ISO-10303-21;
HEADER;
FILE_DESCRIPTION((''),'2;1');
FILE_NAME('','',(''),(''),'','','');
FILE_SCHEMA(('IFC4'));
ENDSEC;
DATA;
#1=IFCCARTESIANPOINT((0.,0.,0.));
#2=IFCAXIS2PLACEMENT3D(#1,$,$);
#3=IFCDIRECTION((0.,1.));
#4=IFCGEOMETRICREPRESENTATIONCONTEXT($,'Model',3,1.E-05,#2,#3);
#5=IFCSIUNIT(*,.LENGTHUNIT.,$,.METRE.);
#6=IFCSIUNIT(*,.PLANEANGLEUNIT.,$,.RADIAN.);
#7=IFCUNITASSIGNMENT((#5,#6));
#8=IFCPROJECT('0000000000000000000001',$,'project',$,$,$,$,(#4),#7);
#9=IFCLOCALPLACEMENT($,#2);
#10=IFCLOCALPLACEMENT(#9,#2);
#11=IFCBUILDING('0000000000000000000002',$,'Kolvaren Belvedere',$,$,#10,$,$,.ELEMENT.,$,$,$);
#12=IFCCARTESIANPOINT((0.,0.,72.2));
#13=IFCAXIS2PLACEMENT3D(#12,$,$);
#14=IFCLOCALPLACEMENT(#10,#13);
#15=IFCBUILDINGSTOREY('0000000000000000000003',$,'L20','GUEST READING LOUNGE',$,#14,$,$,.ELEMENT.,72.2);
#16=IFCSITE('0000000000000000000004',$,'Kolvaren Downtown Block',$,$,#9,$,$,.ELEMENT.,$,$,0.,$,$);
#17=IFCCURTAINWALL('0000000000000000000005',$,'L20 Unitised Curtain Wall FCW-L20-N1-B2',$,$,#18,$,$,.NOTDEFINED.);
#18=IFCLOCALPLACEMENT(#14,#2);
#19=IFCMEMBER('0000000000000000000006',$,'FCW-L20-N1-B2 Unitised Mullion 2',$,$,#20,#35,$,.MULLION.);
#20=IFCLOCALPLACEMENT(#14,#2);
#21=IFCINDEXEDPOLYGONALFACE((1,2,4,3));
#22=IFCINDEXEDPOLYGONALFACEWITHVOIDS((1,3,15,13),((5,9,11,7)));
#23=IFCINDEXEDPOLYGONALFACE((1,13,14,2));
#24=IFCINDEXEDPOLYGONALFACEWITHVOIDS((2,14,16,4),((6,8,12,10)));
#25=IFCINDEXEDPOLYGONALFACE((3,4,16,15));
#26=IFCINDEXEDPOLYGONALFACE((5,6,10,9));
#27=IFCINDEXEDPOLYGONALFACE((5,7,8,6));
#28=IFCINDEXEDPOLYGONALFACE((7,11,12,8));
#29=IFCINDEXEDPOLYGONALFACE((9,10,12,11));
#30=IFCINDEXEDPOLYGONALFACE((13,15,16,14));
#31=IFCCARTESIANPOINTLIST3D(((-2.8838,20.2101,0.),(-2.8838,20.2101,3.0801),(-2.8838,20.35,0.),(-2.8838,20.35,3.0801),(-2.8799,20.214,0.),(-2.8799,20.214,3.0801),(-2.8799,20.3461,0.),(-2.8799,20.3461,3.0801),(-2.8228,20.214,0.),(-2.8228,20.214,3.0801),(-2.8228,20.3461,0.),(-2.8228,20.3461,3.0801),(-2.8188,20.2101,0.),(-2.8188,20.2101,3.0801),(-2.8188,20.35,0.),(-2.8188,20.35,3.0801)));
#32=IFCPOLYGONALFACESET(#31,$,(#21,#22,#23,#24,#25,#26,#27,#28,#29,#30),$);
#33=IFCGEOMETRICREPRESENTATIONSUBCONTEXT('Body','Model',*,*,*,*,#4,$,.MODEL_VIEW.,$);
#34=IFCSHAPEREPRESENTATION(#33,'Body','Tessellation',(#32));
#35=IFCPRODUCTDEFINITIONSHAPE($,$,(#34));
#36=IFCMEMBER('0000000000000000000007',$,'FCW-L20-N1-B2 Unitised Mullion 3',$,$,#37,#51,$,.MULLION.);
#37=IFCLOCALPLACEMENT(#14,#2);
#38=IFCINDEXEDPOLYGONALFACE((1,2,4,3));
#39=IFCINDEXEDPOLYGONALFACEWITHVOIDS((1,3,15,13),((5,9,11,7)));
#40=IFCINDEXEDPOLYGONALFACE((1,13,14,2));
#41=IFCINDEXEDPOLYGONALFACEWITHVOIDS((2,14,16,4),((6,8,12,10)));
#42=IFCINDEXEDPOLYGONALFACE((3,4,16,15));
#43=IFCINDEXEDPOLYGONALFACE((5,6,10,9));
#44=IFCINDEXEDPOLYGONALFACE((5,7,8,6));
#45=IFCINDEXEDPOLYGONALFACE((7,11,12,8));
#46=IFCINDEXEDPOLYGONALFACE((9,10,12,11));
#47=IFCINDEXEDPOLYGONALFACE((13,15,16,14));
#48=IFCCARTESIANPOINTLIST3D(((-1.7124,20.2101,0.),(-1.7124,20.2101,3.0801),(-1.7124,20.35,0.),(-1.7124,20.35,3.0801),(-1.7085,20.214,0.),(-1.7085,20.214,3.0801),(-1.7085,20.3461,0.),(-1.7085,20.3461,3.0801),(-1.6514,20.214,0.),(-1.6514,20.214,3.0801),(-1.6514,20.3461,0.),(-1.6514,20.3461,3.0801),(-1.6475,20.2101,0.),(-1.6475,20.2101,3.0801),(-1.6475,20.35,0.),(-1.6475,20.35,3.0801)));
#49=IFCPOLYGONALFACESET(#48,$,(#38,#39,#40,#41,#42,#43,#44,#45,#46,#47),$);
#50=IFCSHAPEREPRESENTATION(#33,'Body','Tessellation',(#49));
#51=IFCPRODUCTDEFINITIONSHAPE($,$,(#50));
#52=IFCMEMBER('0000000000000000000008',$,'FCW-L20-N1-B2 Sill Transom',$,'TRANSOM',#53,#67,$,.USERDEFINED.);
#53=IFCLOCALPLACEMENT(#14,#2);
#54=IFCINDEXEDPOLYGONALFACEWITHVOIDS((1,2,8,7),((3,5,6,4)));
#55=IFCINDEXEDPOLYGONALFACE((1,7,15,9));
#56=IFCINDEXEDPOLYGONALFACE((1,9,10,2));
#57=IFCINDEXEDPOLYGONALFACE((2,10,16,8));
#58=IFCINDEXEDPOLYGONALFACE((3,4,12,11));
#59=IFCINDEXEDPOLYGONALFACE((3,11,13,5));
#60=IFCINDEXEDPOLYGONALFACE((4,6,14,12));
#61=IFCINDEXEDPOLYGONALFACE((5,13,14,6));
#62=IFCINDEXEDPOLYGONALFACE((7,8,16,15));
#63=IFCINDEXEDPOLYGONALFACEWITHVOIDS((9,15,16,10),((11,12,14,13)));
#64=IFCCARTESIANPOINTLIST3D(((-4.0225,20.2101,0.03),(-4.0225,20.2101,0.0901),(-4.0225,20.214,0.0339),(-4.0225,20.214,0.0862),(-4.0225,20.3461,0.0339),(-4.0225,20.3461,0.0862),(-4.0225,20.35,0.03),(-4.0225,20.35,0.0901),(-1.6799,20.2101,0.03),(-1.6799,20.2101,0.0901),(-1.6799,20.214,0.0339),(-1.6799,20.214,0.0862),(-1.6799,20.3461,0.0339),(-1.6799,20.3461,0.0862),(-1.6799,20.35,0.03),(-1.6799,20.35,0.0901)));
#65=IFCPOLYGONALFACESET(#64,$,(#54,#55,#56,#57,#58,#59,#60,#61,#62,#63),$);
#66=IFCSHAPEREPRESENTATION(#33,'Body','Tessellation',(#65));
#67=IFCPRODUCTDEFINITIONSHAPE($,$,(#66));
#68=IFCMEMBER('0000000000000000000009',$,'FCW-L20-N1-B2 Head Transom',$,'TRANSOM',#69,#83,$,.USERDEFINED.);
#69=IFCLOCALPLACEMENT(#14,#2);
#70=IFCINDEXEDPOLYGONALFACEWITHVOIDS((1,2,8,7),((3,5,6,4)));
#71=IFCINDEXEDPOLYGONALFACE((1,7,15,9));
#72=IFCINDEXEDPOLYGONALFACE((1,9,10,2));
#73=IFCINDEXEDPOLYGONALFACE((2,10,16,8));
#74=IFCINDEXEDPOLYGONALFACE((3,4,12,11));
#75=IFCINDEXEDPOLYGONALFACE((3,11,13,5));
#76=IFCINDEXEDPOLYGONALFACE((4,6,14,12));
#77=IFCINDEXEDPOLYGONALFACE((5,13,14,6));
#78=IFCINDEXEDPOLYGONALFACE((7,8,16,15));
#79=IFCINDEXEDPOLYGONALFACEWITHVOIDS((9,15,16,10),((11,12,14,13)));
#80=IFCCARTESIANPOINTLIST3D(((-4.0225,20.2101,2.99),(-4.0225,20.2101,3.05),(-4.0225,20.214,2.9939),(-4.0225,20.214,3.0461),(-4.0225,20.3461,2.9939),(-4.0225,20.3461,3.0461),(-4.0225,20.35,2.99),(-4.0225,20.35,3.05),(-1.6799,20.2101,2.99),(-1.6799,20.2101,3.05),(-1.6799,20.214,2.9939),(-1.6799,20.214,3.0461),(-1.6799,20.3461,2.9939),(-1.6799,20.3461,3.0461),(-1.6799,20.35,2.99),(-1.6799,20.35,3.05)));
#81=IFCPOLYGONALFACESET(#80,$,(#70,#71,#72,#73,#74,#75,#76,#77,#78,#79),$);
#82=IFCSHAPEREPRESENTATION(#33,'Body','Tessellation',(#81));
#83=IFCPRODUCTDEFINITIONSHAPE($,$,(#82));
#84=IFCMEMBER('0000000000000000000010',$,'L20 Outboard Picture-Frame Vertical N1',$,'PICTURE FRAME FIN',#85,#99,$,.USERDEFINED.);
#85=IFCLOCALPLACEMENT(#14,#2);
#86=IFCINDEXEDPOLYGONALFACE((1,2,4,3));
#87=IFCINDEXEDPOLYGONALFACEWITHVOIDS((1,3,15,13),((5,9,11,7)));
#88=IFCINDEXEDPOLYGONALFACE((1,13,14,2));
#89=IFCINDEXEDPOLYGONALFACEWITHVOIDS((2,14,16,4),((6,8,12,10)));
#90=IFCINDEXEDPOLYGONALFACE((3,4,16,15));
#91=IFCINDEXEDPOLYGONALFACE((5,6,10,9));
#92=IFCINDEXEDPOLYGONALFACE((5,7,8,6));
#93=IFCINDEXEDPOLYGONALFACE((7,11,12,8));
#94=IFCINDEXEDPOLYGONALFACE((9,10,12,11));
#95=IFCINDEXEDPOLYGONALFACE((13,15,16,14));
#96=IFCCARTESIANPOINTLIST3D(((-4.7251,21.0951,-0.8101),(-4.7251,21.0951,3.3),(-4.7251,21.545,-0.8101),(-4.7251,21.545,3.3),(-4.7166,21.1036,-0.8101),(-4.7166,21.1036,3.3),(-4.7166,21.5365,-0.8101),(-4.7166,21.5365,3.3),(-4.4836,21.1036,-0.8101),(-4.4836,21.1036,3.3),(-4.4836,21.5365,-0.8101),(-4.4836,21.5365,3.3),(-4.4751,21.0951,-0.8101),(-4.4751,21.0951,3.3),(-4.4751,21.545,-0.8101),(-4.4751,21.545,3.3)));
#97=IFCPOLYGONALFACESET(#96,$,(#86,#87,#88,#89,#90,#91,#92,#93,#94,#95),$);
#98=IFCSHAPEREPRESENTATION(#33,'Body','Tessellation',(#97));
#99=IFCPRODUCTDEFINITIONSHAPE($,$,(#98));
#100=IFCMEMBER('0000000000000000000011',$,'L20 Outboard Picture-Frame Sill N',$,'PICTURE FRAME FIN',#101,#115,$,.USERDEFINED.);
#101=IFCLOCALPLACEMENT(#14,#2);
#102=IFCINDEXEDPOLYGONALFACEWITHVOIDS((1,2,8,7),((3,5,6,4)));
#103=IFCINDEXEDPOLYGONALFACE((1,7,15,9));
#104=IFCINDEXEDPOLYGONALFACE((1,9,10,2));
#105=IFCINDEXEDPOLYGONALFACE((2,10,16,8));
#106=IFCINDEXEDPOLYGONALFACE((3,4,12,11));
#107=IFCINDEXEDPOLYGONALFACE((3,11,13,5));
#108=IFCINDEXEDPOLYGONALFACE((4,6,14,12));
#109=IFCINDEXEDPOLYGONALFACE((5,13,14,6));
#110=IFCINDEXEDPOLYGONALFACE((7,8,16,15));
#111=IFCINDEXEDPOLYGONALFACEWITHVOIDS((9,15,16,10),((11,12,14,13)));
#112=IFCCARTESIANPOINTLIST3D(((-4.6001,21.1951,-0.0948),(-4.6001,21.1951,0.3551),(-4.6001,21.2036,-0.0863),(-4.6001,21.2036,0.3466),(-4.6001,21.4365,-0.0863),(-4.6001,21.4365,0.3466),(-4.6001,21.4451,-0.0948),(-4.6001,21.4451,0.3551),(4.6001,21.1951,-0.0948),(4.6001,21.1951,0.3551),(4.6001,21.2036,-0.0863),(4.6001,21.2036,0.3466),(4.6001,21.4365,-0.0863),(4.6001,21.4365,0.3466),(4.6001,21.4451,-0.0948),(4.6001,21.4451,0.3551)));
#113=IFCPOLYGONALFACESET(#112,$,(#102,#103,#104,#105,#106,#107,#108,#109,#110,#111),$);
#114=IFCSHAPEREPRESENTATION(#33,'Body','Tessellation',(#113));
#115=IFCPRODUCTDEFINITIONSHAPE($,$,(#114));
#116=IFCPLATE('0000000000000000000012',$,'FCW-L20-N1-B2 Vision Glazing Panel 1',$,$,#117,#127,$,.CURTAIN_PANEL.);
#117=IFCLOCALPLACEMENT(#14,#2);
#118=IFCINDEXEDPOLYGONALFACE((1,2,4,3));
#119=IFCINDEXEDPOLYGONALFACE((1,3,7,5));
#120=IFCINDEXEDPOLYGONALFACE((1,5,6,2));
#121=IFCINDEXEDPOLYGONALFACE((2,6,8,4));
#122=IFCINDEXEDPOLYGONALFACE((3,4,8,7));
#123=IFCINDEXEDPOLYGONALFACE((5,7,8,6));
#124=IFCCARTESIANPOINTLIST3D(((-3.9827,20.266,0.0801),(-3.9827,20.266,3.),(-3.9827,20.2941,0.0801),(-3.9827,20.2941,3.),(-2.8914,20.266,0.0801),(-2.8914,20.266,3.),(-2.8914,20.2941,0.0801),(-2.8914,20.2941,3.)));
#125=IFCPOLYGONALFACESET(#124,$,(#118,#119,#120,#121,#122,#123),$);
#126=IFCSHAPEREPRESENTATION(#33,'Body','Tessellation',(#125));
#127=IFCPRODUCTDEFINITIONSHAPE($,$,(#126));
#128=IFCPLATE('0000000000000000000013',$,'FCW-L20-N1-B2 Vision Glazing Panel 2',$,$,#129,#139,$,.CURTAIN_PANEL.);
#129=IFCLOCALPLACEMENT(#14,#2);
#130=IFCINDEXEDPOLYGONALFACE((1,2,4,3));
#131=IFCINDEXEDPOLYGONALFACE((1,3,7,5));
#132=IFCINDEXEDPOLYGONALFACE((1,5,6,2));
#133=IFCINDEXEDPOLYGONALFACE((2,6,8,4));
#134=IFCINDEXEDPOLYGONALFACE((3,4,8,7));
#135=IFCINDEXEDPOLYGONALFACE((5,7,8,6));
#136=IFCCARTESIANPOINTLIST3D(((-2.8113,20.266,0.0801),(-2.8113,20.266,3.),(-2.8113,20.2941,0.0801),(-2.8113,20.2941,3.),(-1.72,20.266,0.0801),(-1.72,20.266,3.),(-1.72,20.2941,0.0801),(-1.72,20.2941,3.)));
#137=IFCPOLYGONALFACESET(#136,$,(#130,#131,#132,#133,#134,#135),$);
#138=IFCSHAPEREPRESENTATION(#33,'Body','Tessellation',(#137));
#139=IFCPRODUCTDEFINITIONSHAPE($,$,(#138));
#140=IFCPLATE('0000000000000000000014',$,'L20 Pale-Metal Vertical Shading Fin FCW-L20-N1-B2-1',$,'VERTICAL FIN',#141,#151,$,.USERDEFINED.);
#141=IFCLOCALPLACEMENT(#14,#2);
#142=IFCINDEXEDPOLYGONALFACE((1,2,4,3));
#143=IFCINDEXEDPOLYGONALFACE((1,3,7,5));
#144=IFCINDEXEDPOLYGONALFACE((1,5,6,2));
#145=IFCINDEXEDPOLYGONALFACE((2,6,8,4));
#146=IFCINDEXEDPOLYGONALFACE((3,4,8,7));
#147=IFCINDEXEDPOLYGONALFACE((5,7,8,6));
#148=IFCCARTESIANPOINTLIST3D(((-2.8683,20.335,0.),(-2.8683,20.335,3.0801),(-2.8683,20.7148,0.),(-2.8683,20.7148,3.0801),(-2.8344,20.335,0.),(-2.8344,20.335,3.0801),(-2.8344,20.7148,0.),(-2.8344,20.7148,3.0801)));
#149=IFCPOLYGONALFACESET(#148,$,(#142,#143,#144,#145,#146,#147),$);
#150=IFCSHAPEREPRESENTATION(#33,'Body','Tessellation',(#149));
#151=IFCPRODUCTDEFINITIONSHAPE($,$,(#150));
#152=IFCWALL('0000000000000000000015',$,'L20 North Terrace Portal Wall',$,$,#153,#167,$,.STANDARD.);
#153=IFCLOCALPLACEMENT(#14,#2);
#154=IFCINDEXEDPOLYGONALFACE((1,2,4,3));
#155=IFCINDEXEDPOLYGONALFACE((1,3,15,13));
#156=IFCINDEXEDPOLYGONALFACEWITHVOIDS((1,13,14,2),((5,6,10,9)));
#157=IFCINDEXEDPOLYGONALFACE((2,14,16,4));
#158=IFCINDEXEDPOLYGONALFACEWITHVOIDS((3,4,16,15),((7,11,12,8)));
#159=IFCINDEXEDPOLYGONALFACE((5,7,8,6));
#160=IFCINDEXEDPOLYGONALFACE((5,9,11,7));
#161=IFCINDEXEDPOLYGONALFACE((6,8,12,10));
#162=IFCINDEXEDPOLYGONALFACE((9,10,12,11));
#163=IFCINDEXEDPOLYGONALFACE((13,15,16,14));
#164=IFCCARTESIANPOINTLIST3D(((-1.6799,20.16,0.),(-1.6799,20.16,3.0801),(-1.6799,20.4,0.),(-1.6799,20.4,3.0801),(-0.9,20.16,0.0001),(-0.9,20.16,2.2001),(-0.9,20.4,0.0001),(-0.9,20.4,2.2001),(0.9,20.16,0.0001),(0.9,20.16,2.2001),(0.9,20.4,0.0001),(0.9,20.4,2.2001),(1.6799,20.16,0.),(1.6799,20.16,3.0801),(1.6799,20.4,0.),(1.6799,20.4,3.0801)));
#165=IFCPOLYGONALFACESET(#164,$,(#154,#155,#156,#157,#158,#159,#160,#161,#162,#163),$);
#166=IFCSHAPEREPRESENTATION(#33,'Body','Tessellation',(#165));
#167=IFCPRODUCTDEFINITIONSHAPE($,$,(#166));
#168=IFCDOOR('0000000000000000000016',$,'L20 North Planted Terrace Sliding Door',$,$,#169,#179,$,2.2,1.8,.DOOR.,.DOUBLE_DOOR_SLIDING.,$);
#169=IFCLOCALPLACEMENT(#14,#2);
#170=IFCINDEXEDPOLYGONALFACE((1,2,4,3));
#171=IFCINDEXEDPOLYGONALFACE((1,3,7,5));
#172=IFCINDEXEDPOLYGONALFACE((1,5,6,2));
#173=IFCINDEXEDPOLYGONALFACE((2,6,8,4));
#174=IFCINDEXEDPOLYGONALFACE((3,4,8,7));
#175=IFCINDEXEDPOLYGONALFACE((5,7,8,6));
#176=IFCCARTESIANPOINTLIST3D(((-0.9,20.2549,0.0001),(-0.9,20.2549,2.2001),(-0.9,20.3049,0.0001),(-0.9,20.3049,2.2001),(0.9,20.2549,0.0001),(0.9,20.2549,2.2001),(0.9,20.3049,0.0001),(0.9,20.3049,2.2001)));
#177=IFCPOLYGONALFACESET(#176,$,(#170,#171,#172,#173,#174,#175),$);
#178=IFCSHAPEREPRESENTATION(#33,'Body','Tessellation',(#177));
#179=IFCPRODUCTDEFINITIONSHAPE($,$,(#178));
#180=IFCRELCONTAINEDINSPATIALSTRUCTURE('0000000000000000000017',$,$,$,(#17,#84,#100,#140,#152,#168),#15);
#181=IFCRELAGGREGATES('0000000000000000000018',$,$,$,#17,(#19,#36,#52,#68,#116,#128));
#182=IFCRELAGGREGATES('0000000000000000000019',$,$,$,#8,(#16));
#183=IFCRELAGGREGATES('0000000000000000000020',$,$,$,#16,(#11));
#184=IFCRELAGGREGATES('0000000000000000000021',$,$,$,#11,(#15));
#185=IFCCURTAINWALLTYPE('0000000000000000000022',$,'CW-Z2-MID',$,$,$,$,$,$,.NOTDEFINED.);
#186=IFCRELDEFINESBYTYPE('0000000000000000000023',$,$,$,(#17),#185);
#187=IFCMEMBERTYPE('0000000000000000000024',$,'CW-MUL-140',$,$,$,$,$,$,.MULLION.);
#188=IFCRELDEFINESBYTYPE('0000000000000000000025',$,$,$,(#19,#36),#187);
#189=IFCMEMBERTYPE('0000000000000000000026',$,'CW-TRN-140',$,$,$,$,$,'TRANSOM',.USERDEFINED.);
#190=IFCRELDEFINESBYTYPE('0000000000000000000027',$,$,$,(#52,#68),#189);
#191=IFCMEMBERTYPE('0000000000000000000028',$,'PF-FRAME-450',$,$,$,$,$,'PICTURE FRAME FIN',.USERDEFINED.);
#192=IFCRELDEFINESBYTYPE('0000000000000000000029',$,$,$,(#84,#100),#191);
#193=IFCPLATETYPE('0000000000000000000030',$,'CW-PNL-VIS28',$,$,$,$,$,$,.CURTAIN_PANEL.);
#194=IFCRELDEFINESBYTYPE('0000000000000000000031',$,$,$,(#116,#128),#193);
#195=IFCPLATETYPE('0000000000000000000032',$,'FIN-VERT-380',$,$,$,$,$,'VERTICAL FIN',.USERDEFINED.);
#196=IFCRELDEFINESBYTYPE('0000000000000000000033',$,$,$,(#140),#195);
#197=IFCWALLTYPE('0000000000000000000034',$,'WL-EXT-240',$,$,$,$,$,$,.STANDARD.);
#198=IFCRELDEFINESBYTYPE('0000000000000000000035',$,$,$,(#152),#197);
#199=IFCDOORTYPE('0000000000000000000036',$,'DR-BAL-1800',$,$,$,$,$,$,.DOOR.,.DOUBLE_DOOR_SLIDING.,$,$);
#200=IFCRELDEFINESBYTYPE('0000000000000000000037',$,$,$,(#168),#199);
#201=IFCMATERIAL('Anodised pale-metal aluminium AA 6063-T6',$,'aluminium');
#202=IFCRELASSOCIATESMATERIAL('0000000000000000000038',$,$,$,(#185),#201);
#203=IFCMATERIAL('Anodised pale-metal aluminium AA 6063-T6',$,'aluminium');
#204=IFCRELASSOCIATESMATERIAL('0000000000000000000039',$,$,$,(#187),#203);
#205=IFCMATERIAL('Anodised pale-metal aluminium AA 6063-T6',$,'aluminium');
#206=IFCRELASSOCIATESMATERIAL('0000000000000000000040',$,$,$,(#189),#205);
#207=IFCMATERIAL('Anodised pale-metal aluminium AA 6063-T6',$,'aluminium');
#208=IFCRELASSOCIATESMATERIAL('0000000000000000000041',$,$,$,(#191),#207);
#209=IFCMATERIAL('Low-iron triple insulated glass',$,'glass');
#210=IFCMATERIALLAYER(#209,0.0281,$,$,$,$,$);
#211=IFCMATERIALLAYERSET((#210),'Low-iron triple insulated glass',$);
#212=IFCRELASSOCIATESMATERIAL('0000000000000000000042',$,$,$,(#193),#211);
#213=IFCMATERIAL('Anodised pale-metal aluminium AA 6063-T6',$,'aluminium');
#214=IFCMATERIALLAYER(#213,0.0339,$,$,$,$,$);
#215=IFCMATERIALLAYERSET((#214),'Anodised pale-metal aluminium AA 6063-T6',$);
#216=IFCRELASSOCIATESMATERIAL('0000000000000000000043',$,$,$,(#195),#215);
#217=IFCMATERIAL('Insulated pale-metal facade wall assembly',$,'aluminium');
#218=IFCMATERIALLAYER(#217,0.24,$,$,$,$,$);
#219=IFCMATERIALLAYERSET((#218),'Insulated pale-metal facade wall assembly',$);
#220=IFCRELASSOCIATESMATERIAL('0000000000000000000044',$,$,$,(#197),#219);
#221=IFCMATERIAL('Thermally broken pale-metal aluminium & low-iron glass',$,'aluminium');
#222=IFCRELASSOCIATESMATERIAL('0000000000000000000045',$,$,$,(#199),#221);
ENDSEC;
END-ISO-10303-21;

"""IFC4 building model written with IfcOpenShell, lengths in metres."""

from ifc_helpers import new_model, si_unit, direction, frame, frame_2d, origin, origin_2d, place, context, subcontext, project, spatial, rectangle, hollow_rectangle, extrude, material, layer, layer_set, material_profile, profile_set, type_object, element, fill, aggregate, save


model = new_model("IFC4")

# Units and contexts
model_context = context("Model", 3, precision=1e-05, world=origin(), true_north=direction((0.0, 1.0)))
body_context = subcontext(model_context, "Body", "Model", "MODEL_VIEW")
ifc_project = project(units=[si_unit("LENGTHUNIT", "METRE"), si_unit("PLANEANGLEUNIT", "RADIAN")], contexts=[model_context])

# Site, building, storey
site_placement = place(None, origin())
site = spatial("IfcSite", under=ifc_project, at=site_placement, Name="Kolvaren Downtown Block", CompositionType="ELEMENT", RefElevation=0.0)
building_placement = place(site_placement, origin())
building = spatial("IfcBuilding", under=site, at=building_placement, Name="Kolvaren Belvedere", CompositionType="ELEMENT")
storey_placement = place(building_placement, frame((0.0, 0.0, 72.2)))
storey = spatial("IfcBuildingStorey", under=building, at=storey_placement, Name="L20", Description="GUEST READING LOUNGE", CompositionType="ELEMENT", Elevation=72.2)

# Curtain wall, members
ifc_material_1 = material(Name="Anodised pale-metal aluminium AA 6063-T6", Category="aluminium")
curtain_wall_type = type_object("IfcCurtainWallType", Name="CW-Z2-MID", PredefinedType="NOTDEFINED", material=ifc_material_1)
curtain_wall_placement = place(storey_placement, origin())
curtain_wall = element("IfcCurtainWall", 1, at=curtain_wall_placement, inside=storey, type_object=curtain_wall_type, Name="L20 Unitised Curtain Wall FCW-L20-N1-B2", PredefinedType="NOTDEFINED")
ifc_material_2 = material(Name="Anodised pale-metal aluminium AA 6063-T6", Category="aluminium")
ifc_material_profile_1 = material_profile(ifc_material_2, hollow_rectangle(XDim=0.0649, YDim=0.1399, WallThickness=0.0039, at=origin_2d()), Name="ALU-MUL-140X65")
ifc_profile_set_1 = profile_set([ifc_material_profile_1], Name="Anodised pale-metal aluminium AA 6063-T6")
member_type_1 = type_object("IfcMemberType", Name="CW-MUL-140", PredefinedType="MULLION", material=ifc_profile_set_1)
member_1_placement = place(storey_placement, frame((-2.8513, 20.28, 0.0), z_axis=(0.0, 0.0, 1.0), x_axis=(1.0, 0.0, 0.0)))
member_1 = element("IfcMember", 2, at=member_1_placement, type_object=member_type_1, Name="FCW-L20-N1-B2 Unitised Mullion 2", PredefinedType="MULLION", context=body_context, shape_type="SweptSolid", body=[
    extrude(hollow_rectangle(XDim=0.0649, YDim=0.1399, WallThickness=0.0039, at=origin_2d()), origin(), (0.0, 0.0, 1.0), 3.0801),
])
member_2_placement = place(storey_placement, frame((-1.6799, 20.28, 0.0), z_axis=(0.0, 0.0, 1.0), x_axis=(1.0, 0.0, 0.0)))
member_2 = element("IfcMember", 3, at=member_2_placement, type_object=member_type_1, Name="FCW-L20-N1-B2 Unitised Mullion 3", PredefinedType="MULLION", context=body_context, shape_type="SweptSolid", body=[
    extrude(hollow_rectangle(XDim=0.0649, YDim=0.1399, WallThickness=0.0039, at=origin_2d()), origin(), (0.0, 0.0, 1.0), 3.0801),
])
ifc_material_3 = material(Name="Anodised pale-metal aluminium AA 6063-T6", Category="aluminium")
ifc_material_profile_2 = material_profile(ifc_material_3, hollow_rectangle(XDim=0.0601, YDim=0.1399, WallThickness=0.0039, at=origin_2d()), Name="ALU-TRN-140X60")
ifc_profile_set_2 = profile_set([ifc_material_profile_2], Name="Anodised pale-metal aluminium AA 6063-T6")
member_type_2 = type_object("IfcMemberType", Name="CW-TRN-140", ElementType="TRANSOM", PredefinedType="USERDEFINED", material=ifc_profile_set_2)
member_3_placement = place(storey_placement, frame((-4.0225, 20.28, 0.0601), z_axis=(1.0, 0.0, 0.0), x_axis=(0.0, 0.0, 1.0)))
member_3 = element("IfcMember", 4, at=member_3_placement, type_object=member_type_2, Name="FCW-L20-N1-B2 Sill Transom", ObjectType="TRANSOM", PredefinedType="USERDEFINED", context=body_context, shape_type="SweptSolid", body=[
    extrude(hollow_rectangle(XDim=0.0601, YDim=0.1399, WallThickness=0.0039, at=origin_2d()), origin(), (0.0, 0.0, 1.0), 2.3425),
])
member_4_placement = place(storey_placement, frame((-4.0225, 20.28, 3.02), z_axis=(1.0, 0.0, 0.0), x_axis=(0.0, 0.0, 1.0)))
member_4 = element("IfcMember", 5, at=member_4_placement, type_object=member_type_2, Name="FCW-L20-N1-B2 Head Transom", ObjectType="TRANSOM", PredefinedType="USERDEFINED", context=body_context, shape_type="SweptSolid", body=[
    extrude(hollow_rectangle(XDim=0.0601, YDim=0.1399, WallThickness=0.0039, at=origin_2d()), origin(), (0.0, 0.0, 1.0), 2.3425),
])

# Members
ifc_material_4 = material(Name="Anodised pale-metal aluminium AA 6063-T6", Category="aluminium")
ifc_material_profile_3 = material_profile(ifc_material_4, hollow_rectangle(XDim=0.25, YDim=0.45, WallThickness=0.0085, at=origin_2d()), Name="ALU-PF-450X250")
ifc_profile_set_3 = profile_set([ifc_material_profile_3], Name="Anodised pale-metal aluminium AA 6063-T6")
member_type_3 = type_object("IfcMemberType", Name="PF-FRAME-450", ElementType="PICTURE FRAME FIN", PredefinedType="USERDEFINED", material=ifc_profile_set_3)
member_5_placement = place(storey_placement, frame((-4.6001, 21.3201, -0.8101), z_axis=(0.0, 0.0, 1.0), x_axis=(1.0, 0.0, 0.0)))
element("IfcMember", 6, at=member_5_placement, inside=storey, type_object=member_type_3, Name="L20 Outboard Picture-Frame Vertical N1", ObjectType="PICTURE FRAME FIN", PredefinedType="USERDEFINED", context=body_context, shape_type="SweptSolid", body=[
    extrude(hollow_rectangle(XDim=0.25, YDim=0.45, WallThickness=0.0085, at=origin_2d()), origin(), (0.0, 0.0, 1.0), 4.1101),
])
member_6_placement = place(storey_placement, frame((-4.6001, 21.3201, 0.1301), z_axis=(1.0, 0.0, 0.0), x_axis=(0.0, 1.0, 0.0)))
element("IfcMember", 7, at=member_6_placement, inside=storey, type_object=member_type_3, Name="L20 Outboard Picture-Frame Sill N", ObjectType="PICTURE FRAME FIN", PredefinedType="USERDEFINED", context=body_context, shape_type="SweptSolid", body=[
    extrude(hollow_rectangle(XDim=0.25, YDim=0.45, WallThickness=0.0085, at=origin_2d()), origin(), (0.0, 0.0, 1.0), 9.2002),
])

# Plates
ifc_material_5 = material(Name="Low-iron triple insulated glass", Category="glass")
ifc_layer_1 = layer(ifc_material_5, 0.0281)
ifc_layer_set_1 = layer_set([ifc_layer_1], Name="Low-iron triple insulated glass")
plate_type_1 = type_object("IfcPlateType", Name="CW-PNL-VIS28", PredefinedType="CURTAIN_PANEL", material=ifc_layer_set_1)
plate_1_placement = place(storey_placement, frame((-3.437, 20.28, 0.0801), z_axis=(0.0, 0.0, 1.0), x_axis=(1.0, 0.0, 0.0)))
plate_1 = element("IfcPlate", 8, at=plate_1_placement, type_object=plate_type_1, Name="FCW-L20-N1-B2 Vision Glazing Panel 1", PredefinedType="CURTAIN_PANEL", context=body_context, shape_type="SweptSolid", body=[
    extrude(rectangle(XDim=1.0913, YDim=0.0281, at=origin_2d()), origin(), (0.0, 0.0, 1.0), 2.9199),
])
plate_2_placement = place(storey_placement, frame((-2.2656, 20.28, 0.0801), z_axis=(0.0, 0.0, 1.0), x_axis=(1.0, 0.0, 0.0)))
plate_2 = element("IfcPlate", 9, at=plate_2_placement, type_object=plate_type_1, Name="FCW-L20-N1-B2 Vision Glazing Panel 2", PredefinedType="CURTAIN_PANEL", context=body_context, shape_type="SweptSolid", body=[
    extrude(rectangle(XDim=1.0913, YDim=0.0281, at=origin_2d()), origin(), (0.0, 0.0, 1.0), 2.9199),
])
aggregate(curtain_wall, [member_1, member_2, member_3, member_4, plate_1, plate_2])
ifc_material_6 = material(Name="Anodised pale-metal aluminium AA 6063-T6", Category="aluminium")
ifc_layer_2 = layer(ifc_material_6, 0.0339)
ifc_layer_set_2 = layer_set([ifc_layer_2], Name="Anodised pale-metal aluminium AA 6063-T6")
plate_type_2 = type_object("IfcPlateType", Name="FIN-VERT-380", ElementType="VERTICAL FIN", PredefinedType="USERDEFINED", material=ifc_layer_set_2)
plate_3_placement = place(storey_placement, frame((-2.8513, 20.5249, 0.0), z_axis=(0.0, 0.0, 1.0), x_axis=(0.0, 1.0, 0.0)))
element("IfcPlate", 10, at=plate_3_placement, inside=storey, type_object=plate_type_2, Name="L20 Pale-Metal Vertical Shading Fin FCW-L20-N1-B2-1", ObjectType="VERTICAL FIN", PredefinedType="USERDEFINED", context=body_context, shape_type="SweptSolid", body=[
    extrude(rectangle(XDim=0.3799, YDim=0.0339, at=origin_2d()), origin(), (0.0, 0.0, 1.0), 3.0801),
])

# Wall, opening, door
ifc_material_7 = material(Name="Insulated pale-metal facade wall assembly", Category="aluminium")
ifc_layer_3 = layer(ifc_material_7, 0.24)
ifc_layer_set_3 = layer_set([ifc_layer_3], Name="Insulated pale-metal facade wall assembly")
wall_type_1 = type_object("IfcWallType", Name="WL-EXT-240", PredefinedType="STANDARD", material=ifc_layer_set_3)
wall_1_placement = place(storey_placement, frame((-1.6799, 20.28, 0.0), z_axis=(0.0, 0.0, 1.0), x_axis=(1.0, 0.0, 0.0)))
wall_1 = element("IfcWall", 11, at=wall_1_placement, inside=storey, type_object=wall_type_1, Name="L20 North Terrace Portal Wall", PredefinedType="STANDARD", context=body_context, shape_type="SweptSolid", body=[
    extrude(rectangle(XDim=3.3599, YDim=0.24, at=frame_2d((1.6799, 0.0))), origin(), (0.0, 0.0, 1.0), 3.0801),
])
opening_placement = place(wall_1_placement, frame((0.78, 0.0, 0.0)))
opening = element("IfcOpeningElement", 12, at=opening_placement, cuts=wall_1, PredefinedType="OPENING", context=body_context, shape_type="SweptSolid", body=[
    extrude(rectangle(XDim=1.8, YDim=2.2, at=frame_2d((0.8999, 1.1001))), frame((0.0, 0.1299, 0.0), z_axis=(0.0, -1.0, 0.0), x_axis=(1.0, 0.0, 0.0)), (0.0, 0.0, 1.0), 0.26),
])
ifc_material_8 = material(Name="Thermally broken pale-metal aluminium & low-iron glass", Category="aluminium")
door_type = type_object("IfcDoorType", Name="DR-BAL-1800", OperationType="DOUBLE_DOOR_SLIDING", PredefinedType="DOOR", material=ifc_material_8)
door_placement = place(opening_placement, origin())
door = element("IfcDoor", 13, at=door_placement, inside=storey, type_object=door_type, Name="L20 North Planted Terrace Sliding Door", OperationType="DOUBLE_DOOR_SLIDING", OverallHeight=2.2, OverallWidth=1.8, PredefinedType="DOOR", context=body_context, shape_type="SweptSolid", body=[
    extrude(rectangle(XDim=1.8, YDim=2.2, at=frame_2d((0.8999, 1.1001))), frame((0.0, 0.0249, 0.0), z_axis=(0.0, -1.0, 0.0), x_axis=(1.0, 0.0, 0.0)), (0.0, 0.0, 1.0), 0.05),
])
fill(opening, door)

save(model, "model.ifc")
